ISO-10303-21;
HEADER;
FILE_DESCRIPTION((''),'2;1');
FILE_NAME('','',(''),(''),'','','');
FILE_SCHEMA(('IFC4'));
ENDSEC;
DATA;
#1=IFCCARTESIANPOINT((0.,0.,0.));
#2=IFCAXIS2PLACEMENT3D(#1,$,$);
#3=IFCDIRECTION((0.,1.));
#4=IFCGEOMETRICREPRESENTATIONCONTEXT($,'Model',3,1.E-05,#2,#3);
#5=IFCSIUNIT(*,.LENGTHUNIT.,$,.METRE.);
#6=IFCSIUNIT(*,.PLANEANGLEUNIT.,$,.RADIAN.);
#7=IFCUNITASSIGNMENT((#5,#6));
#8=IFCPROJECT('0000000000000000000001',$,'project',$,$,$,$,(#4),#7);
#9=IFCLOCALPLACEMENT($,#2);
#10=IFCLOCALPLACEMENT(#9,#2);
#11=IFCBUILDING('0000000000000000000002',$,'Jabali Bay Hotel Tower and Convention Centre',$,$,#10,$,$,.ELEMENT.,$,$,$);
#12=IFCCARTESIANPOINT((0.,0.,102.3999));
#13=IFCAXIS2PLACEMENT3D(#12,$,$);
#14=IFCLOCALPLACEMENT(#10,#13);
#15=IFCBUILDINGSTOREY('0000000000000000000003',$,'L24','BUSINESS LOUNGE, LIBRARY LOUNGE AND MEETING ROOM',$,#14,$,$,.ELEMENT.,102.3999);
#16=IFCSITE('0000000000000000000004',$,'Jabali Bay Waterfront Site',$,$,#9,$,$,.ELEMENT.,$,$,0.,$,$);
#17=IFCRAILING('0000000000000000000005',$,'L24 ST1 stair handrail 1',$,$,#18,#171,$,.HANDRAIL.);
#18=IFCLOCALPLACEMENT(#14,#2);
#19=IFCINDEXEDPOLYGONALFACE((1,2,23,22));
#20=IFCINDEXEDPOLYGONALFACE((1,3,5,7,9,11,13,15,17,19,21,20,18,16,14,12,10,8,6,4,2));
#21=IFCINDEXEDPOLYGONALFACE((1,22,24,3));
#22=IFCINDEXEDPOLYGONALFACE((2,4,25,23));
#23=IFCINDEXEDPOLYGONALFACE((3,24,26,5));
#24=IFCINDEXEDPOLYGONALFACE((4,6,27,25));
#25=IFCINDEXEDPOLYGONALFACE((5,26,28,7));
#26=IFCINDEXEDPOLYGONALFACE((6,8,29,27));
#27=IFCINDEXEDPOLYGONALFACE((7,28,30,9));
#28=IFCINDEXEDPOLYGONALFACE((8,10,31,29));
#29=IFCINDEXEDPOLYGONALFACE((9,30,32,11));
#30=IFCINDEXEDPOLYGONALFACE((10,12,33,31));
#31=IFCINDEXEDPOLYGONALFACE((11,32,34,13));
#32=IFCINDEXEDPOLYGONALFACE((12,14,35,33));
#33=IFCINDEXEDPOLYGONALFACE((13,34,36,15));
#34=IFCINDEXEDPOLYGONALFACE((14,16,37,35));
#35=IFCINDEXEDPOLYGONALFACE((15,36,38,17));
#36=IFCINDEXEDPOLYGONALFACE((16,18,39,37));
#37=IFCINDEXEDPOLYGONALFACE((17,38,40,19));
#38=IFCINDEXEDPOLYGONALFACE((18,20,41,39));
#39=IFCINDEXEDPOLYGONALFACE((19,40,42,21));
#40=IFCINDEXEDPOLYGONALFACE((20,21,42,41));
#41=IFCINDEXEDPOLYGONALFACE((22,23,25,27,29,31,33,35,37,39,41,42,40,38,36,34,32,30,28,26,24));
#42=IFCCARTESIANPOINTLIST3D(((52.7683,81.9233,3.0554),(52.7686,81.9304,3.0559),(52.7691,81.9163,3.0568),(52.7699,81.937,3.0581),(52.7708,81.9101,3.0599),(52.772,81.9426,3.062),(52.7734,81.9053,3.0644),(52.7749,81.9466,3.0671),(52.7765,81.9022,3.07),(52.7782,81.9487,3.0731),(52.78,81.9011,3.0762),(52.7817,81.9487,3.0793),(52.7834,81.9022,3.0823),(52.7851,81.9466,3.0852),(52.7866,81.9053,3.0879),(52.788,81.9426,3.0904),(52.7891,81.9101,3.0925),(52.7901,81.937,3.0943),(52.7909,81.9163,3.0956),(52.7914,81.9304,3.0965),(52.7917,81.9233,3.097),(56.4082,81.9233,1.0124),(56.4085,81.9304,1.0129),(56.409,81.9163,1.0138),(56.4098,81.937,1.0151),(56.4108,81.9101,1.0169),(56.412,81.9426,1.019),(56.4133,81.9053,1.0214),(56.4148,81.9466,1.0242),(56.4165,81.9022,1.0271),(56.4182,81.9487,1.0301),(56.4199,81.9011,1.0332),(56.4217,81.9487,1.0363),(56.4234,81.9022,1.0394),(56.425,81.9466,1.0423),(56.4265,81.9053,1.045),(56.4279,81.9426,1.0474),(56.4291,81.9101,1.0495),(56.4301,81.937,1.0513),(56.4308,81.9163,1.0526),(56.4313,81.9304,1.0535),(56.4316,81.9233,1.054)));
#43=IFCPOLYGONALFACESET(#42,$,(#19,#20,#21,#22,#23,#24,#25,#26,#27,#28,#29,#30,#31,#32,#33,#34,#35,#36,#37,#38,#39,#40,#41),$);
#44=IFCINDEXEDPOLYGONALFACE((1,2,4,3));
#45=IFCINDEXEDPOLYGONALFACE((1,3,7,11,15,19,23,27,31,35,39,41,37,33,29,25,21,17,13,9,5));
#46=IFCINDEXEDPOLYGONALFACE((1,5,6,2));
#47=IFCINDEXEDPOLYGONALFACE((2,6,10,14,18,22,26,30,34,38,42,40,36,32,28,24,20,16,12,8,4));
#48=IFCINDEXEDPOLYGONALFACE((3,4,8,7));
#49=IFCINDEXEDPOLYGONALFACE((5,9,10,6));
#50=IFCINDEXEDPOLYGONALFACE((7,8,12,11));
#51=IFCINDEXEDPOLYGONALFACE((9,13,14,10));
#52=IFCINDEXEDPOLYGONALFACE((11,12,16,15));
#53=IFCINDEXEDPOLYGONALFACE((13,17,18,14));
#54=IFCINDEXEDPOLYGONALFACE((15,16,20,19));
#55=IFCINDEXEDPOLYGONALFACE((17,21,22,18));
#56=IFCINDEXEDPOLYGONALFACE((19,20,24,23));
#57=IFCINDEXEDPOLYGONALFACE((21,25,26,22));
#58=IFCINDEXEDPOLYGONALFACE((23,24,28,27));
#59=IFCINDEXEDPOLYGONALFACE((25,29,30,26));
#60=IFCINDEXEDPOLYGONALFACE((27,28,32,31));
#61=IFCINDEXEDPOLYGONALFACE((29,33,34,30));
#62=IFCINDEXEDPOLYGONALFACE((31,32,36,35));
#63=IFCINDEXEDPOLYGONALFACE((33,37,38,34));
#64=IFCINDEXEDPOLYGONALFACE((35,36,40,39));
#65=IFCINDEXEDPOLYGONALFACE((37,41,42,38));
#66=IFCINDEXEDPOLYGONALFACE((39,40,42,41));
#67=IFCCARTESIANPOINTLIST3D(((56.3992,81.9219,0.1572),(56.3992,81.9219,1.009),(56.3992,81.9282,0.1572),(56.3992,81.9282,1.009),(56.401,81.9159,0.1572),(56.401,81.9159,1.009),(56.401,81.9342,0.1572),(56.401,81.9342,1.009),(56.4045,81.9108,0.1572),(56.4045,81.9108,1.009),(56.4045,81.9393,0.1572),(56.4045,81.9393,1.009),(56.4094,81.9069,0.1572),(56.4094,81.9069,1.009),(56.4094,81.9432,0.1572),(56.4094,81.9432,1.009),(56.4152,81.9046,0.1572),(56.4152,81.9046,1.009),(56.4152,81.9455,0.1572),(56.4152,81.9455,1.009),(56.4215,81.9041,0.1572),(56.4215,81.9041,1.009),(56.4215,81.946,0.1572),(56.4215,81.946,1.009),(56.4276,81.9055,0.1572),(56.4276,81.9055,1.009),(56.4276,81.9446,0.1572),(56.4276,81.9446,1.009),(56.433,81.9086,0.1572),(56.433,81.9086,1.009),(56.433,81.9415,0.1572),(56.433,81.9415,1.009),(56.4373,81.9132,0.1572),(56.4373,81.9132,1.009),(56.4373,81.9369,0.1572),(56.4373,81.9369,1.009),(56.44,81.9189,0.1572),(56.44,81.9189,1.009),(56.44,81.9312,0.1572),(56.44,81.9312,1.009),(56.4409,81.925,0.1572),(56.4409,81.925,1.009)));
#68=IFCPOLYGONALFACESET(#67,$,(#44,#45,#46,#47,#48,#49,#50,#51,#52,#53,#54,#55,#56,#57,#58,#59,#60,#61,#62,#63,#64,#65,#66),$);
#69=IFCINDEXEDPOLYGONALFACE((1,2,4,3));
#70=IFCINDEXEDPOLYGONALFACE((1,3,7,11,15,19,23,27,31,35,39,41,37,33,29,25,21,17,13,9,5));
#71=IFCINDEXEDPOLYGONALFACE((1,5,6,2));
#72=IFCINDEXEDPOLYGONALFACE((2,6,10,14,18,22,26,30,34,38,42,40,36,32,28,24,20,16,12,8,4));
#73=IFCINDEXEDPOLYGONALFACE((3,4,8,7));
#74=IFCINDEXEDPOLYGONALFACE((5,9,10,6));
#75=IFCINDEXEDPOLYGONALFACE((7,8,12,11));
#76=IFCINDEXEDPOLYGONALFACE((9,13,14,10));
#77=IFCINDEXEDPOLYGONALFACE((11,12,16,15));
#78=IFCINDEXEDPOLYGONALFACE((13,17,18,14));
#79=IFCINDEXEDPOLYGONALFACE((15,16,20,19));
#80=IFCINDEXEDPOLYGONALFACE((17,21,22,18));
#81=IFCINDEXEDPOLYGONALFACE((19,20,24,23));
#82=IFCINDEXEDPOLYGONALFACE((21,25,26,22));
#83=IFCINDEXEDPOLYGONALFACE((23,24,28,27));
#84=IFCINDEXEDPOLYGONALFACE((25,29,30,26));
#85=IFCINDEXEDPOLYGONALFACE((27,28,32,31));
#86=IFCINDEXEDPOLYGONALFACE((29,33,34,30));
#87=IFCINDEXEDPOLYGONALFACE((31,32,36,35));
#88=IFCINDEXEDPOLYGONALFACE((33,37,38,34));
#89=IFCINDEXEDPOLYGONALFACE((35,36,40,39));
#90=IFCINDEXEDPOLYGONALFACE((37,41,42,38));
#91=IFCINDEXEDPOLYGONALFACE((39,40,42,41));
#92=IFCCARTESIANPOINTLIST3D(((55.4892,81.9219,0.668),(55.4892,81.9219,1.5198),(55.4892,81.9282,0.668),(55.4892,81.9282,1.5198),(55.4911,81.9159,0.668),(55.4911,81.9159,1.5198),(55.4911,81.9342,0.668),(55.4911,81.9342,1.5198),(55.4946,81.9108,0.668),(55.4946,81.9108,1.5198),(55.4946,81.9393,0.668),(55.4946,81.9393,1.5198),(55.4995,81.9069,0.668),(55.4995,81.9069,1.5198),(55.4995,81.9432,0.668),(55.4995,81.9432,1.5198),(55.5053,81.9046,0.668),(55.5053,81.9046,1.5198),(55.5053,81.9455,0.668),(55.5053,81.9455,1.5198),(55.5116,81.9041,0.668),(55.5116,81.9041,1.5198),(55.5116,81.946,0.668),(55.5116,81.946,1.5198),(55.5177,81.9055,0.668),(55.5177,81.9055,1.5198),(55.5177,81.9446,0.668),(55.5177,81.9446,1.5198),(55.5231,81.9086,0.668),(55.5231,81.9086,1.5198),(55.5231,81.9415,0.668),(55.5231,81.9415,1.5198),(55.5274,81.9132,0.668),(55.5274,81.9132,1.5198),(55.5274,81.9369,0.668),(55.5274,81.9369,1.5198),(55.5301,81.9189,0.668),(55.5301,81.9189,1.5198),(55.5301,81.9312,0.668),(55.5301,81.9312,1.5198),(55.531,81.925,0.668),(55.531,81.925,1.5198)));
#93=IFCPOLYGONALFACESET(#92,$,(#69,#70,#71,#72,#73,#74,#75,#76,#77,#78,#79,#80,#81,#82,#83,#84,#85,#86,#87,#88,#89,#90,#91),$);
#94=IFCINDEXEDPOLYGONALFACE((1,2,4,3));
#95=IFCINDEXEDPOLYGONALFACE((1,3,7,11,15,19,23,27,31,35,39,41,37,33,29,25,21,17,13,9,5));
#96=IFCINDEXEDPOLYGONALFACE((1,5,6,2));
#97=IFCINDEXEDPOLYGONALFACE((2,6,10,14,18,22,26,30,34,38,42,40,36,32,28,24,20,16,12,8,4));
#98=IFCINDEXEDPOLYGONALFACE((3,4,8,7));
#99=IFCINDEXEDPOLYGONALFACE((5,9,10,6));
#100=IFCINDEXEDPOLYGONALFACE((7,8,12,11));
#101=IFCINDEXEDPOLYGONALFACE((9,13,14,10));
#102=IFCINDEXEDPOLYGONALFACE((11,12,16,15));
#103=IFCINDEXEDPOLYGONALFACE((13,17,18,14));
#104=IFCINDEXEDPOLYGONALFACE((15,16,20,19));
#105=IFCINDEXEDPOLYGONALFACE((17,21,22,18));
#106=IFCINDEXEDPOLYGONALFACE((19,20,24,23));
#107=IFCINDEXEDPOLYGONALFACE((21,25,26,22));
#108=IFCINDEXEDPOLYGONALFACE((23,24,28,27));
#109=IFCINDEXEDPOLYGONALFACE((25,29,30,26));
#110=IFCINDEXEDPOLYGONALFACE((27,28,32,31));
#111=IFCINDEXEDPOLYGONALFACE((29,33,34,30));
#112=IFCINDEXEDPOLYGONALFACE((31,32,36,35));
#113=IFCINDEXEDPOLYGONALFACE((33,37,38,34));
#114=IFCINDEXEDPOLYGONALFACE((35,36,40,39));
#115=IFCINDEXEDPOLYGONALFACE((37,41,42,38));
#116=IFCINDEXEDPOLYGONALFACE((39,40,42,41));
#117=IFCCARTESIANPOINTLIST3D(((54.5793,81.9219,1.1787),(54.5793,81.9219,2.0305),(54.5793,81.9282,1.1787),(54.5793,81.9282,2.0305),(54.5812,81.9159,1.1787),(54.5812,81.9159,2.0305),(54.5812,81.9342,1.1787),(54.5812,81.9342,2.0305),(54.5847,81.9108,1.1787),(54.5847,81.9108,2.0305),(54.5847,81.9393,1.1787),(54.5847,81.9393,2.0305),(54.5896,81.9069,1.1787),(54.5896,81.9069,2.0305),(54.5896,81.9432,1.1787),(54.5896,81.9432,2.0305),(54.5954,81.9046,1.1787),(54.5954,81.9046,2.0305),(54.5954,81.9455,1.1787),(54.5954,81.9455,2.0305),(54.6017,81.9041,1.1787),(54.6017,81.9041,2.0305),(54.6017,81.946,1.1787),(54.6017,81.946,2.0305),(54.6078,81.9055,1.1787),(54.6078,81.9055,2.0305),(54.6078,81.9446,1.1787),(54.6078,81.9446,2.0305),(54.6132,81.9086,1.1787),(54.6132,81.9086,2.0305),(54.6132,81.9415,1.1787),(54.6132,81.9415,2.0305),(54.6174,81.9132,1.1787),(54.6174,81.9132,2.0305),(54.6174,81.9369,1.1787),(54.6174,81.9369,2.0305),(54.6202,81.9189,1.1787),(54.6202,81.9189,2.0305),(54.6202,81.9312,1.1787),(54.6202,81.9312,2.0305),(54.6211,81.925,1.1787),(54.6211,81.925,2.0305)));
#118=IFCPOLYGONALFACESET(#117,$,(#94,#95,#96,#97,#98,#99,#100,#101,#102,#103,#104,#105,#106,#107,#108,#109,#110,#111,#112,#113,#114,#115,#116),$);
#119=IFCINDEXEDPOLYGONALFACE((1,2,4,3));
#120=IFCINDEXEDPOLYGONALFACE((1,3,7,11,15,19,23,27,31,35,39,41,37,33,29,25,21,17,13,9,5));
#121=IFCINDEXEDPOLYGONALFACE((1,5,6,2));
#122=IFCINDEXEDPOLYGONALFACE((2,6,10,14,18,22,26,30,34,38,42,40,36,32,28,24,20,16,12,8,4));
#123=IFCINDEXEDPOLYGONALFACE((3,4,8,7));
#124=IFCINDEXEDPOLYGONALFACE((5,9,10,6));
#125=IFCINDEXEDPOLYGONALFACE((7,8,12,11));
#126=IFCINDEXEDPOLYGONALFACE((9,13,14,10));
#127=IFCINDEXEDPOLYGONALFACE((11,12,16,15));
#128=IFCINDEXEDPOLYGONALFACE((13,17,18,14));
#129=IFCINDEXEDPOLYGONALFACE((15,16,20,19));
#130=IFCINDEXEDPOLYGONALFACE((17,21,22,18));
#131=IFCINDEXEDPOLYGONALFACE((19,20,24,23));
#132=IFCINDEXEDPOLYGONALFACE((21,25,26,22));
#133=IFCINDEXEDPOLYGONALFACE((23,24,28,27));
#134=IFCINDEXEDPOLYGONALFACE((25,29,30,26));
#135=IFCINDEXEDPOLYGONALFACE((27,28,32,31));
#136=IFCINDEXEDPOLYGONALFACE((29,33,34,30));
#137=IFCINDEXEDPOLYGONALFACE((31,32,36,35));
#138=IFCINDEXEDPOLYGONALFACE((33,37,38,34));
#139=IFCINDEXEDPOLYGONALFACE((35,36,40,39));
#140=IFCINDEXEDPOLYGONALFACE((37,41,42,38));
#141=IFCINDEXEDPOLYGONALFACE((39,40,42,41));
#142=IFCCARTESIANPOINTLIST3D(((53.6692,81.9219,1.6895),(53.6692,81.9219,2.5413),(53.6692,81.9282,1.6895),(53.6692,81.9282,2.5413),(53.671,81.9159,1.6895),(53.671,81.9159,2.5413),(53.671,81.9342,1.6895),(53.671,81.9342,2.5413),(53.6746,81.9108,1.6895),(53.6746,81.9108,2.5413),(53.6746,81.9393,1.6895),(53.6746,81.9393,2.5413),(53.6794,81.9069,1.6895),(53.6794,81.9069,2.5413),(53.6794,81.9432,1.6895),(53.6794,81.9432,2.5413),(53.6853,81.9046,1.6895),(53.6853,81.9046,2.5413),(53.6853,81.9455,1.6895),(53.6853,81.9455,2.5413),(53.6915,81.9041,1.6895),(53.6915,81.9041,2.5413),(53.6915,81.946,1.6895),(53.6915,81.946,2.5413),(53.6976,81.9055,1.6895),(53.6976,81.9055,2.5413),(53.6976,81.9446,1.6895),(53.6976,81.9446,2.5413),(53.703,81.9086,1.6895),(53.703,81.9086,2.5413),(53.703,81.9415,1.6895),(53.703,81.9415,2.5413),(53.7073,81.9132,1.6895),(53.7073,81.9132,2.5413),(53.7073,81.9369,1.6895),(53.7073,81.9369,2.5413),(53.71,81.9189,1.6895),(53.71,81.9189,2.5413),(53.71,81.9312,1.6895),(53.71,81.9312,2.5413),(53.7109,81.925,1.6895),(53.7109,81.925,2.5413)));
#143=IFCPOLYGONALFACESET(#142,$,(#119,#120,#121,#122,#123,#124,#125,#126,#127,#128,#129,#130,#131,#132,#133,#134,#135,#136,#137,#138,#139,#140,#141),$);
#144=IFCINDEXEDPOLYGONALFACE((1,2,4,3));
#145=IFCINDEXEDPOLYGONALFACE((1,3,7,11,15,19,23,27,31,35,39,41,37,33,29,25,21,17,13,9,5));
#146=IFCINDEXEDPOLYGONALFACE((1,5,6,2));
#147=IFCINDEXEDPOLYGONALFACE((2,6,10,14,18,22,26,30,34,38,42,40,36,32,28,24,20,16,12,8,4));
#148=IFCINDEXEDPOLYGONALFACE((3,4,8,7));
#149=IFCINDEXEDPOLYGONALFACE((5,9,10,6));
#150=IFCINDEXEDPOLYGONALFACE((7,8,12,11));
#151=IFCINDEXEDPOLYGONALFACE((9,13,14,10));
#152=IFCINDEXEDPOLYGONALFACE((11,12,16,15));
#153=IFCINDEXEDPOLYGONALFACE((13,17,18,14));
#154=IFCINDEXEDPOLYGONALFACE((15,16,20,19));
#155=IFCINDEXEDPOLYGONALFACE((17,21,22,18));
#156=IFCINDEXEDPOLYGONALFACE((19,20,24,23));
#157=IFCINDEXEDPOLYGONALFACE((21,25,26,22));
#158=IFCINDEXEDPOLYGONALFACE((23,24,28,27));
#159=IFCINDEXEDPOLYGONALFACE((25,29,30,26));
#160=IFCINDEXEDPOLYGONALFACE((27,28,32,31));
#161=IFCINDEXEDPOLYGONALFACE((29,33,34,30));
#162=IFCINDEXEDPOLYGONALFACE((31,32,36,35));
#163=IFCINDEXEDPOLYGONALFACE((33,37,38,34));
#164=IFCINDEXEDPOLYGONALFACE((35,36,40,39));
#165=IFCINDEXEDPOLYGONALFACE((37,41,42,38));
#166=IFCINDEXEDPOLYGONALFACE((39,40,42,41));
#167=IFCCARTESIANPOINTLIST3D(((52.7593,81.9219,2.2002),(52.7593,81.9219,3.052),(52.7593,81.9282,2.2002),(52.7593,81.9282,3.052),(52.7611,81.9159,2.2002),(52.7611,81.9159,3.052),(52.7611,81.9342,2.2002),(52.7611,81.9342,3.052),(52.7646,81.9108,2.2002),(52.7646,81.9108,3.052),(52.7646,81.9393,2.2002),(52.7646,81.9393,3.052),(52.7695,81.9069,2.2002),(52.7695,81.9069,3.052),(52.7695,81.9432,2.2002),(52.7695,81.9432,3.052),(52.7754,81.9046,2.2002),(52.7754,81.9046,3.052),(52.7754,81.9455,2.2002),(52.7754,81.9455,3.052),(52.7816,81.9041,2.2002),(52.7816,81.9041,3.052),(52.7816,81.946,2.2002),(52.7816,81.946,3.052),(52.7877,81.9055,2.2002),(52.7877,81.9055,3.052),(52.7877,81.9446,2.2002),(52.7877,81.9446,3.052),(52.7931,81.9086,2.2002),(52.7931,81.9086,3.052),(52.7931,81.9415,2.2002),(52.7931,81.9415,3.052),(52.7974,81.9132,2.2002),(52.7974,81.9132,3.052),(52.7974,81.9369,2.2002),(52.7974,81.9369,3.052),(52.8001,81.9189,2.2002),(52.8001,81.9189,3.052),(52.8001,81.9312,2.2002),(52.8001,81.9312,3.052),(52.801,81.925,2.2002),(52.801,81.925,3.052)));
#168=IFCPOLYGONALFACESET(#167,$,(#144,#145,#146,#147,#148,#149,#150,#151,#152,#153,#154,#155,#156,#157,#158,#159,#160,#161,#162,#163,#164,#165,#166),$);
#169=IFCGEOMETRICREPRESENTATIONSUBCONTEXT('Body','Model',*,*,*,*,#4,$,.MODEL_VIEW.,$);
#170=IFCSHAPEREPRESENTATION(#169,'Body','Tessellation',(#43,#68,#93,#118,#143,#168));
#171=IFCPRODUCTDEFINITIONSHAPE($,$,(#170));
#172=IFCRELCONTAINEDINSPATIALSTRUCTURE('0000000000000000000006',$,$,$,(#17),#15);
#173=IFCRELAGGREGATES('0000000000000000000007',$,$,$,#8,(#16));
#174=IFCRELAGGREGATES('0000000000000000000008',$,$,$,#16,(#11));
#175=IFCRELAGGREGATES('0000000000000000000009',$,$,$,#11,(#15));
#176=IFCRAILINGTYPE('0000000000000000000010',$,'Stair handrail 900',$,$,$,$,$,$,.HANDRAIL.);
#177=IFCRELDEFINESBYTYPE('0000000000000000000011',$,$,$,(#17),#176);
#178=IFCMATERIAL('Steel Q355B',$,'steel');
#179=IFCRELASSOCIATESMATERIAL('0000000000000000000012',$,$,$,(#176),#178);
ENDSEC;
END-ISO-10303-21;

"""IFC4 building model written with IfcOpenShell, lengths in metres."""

from ifc_helpers import new_model, si_unit, direction, frame, origin, origin_2d, place, context, subcontext, project, spatial, circle, extrude, material, type_object, element, save


model = new_model("IFC4")

# Units and contexts
model_context = context("Model", 3, precision=1e-05, world=origin(), true_north=direction((0.0, 1.0)))
body_context = subcontext(model_context, "Body", "Model", "MODEL_VIEW")
ifc_project = project(units=[si_unit("LENGTHUNIT", "METRE"), si_unit("PLANEANGLEUNIT", "RADIAN")], contexts=[model_context])

# Site, building, storey
site_placement = place(None, origin())
site = spatial("IfcSite", under=ifc_project, at=site_placement, Name="Jabali Bay Waterfront Site", CompositionType="ELEMENT", RefElevation=0.0)
building_placement = place(site_placement, origin())
building = spatial("IfcBuilding", under=site, at=building_placement, Name="Jabali Bay Hotel Tower and Convention Centre", CompositionType="ELEMENT")
storey_placement = place(building_placement, frame((0.0, 0.0, 102.3999)))
storey = spatial("IfcBuildingStorey", under=building, at=storey_placement, Name="L24", Description="BUSINESS LOUNGE, LIBRARY LOUNGE AND MEETING ROOM", CompositionType="ELEMENT", Elevation=102.3999)

# Railing
ifc_material_1 = material(Name="Steel Q355B", Category="steel")
railing_type_1 = type_object("IfcRailingType", Name="Stair handrail 900", PredefinedType="HANDRAIL", material=ifc_material_1)
railing_1_placement = place(storey_placement, frame((56.4199, 81.925, 0.1572)))
element("IfcRailing", 1, at=railing_1_placement, inside=storey, type_object=railing_type_1, Name="L24 ST1 stair handrail 1", PredefinedType="HANDRAIL", context=body_context, shape_type="SweptSolid", body=[
    extrude(circle(Radius=0.0239, at=origin_2d()), frame((0.0, 0.0, 0.876), z_axis=(-0.872033, 0.0, 0.489447), x_axis=(0.0, -1.0, 0.0)), (0.0, 0.0, 1.0), 4.1741),
    extrude(circle(Radius=0.021, at=origin_2d()), origin(), (0.0, 0.0, 1.0), 0.8518),
    extrude(circle(Radius=0.021, at=origin_2d()), frame((-0.9099, 0.0, 0.5107)), (0.0, 0.0, 1.0), 0.8518),
    extrude(circle(Radius=0.021, at=origin_2d()), frame((-1.8198, 0.0, 1.0215)), (0.0, 0.0, 1.0), 0.8518),
    extrude(circle(Radius=0.021, at=origin_2d()), frame((-2.73, 0.0, 1.5322)), (0.0, 0.0, 1.0), 0.8518),
    extrude(circle(Radius=0.021, at=origin_2d()), frame((-3.6399, 0.0, 2.043)), (0.0, 0.0, 1.0), 0.8518),
])

save(model, "model.ifc")
